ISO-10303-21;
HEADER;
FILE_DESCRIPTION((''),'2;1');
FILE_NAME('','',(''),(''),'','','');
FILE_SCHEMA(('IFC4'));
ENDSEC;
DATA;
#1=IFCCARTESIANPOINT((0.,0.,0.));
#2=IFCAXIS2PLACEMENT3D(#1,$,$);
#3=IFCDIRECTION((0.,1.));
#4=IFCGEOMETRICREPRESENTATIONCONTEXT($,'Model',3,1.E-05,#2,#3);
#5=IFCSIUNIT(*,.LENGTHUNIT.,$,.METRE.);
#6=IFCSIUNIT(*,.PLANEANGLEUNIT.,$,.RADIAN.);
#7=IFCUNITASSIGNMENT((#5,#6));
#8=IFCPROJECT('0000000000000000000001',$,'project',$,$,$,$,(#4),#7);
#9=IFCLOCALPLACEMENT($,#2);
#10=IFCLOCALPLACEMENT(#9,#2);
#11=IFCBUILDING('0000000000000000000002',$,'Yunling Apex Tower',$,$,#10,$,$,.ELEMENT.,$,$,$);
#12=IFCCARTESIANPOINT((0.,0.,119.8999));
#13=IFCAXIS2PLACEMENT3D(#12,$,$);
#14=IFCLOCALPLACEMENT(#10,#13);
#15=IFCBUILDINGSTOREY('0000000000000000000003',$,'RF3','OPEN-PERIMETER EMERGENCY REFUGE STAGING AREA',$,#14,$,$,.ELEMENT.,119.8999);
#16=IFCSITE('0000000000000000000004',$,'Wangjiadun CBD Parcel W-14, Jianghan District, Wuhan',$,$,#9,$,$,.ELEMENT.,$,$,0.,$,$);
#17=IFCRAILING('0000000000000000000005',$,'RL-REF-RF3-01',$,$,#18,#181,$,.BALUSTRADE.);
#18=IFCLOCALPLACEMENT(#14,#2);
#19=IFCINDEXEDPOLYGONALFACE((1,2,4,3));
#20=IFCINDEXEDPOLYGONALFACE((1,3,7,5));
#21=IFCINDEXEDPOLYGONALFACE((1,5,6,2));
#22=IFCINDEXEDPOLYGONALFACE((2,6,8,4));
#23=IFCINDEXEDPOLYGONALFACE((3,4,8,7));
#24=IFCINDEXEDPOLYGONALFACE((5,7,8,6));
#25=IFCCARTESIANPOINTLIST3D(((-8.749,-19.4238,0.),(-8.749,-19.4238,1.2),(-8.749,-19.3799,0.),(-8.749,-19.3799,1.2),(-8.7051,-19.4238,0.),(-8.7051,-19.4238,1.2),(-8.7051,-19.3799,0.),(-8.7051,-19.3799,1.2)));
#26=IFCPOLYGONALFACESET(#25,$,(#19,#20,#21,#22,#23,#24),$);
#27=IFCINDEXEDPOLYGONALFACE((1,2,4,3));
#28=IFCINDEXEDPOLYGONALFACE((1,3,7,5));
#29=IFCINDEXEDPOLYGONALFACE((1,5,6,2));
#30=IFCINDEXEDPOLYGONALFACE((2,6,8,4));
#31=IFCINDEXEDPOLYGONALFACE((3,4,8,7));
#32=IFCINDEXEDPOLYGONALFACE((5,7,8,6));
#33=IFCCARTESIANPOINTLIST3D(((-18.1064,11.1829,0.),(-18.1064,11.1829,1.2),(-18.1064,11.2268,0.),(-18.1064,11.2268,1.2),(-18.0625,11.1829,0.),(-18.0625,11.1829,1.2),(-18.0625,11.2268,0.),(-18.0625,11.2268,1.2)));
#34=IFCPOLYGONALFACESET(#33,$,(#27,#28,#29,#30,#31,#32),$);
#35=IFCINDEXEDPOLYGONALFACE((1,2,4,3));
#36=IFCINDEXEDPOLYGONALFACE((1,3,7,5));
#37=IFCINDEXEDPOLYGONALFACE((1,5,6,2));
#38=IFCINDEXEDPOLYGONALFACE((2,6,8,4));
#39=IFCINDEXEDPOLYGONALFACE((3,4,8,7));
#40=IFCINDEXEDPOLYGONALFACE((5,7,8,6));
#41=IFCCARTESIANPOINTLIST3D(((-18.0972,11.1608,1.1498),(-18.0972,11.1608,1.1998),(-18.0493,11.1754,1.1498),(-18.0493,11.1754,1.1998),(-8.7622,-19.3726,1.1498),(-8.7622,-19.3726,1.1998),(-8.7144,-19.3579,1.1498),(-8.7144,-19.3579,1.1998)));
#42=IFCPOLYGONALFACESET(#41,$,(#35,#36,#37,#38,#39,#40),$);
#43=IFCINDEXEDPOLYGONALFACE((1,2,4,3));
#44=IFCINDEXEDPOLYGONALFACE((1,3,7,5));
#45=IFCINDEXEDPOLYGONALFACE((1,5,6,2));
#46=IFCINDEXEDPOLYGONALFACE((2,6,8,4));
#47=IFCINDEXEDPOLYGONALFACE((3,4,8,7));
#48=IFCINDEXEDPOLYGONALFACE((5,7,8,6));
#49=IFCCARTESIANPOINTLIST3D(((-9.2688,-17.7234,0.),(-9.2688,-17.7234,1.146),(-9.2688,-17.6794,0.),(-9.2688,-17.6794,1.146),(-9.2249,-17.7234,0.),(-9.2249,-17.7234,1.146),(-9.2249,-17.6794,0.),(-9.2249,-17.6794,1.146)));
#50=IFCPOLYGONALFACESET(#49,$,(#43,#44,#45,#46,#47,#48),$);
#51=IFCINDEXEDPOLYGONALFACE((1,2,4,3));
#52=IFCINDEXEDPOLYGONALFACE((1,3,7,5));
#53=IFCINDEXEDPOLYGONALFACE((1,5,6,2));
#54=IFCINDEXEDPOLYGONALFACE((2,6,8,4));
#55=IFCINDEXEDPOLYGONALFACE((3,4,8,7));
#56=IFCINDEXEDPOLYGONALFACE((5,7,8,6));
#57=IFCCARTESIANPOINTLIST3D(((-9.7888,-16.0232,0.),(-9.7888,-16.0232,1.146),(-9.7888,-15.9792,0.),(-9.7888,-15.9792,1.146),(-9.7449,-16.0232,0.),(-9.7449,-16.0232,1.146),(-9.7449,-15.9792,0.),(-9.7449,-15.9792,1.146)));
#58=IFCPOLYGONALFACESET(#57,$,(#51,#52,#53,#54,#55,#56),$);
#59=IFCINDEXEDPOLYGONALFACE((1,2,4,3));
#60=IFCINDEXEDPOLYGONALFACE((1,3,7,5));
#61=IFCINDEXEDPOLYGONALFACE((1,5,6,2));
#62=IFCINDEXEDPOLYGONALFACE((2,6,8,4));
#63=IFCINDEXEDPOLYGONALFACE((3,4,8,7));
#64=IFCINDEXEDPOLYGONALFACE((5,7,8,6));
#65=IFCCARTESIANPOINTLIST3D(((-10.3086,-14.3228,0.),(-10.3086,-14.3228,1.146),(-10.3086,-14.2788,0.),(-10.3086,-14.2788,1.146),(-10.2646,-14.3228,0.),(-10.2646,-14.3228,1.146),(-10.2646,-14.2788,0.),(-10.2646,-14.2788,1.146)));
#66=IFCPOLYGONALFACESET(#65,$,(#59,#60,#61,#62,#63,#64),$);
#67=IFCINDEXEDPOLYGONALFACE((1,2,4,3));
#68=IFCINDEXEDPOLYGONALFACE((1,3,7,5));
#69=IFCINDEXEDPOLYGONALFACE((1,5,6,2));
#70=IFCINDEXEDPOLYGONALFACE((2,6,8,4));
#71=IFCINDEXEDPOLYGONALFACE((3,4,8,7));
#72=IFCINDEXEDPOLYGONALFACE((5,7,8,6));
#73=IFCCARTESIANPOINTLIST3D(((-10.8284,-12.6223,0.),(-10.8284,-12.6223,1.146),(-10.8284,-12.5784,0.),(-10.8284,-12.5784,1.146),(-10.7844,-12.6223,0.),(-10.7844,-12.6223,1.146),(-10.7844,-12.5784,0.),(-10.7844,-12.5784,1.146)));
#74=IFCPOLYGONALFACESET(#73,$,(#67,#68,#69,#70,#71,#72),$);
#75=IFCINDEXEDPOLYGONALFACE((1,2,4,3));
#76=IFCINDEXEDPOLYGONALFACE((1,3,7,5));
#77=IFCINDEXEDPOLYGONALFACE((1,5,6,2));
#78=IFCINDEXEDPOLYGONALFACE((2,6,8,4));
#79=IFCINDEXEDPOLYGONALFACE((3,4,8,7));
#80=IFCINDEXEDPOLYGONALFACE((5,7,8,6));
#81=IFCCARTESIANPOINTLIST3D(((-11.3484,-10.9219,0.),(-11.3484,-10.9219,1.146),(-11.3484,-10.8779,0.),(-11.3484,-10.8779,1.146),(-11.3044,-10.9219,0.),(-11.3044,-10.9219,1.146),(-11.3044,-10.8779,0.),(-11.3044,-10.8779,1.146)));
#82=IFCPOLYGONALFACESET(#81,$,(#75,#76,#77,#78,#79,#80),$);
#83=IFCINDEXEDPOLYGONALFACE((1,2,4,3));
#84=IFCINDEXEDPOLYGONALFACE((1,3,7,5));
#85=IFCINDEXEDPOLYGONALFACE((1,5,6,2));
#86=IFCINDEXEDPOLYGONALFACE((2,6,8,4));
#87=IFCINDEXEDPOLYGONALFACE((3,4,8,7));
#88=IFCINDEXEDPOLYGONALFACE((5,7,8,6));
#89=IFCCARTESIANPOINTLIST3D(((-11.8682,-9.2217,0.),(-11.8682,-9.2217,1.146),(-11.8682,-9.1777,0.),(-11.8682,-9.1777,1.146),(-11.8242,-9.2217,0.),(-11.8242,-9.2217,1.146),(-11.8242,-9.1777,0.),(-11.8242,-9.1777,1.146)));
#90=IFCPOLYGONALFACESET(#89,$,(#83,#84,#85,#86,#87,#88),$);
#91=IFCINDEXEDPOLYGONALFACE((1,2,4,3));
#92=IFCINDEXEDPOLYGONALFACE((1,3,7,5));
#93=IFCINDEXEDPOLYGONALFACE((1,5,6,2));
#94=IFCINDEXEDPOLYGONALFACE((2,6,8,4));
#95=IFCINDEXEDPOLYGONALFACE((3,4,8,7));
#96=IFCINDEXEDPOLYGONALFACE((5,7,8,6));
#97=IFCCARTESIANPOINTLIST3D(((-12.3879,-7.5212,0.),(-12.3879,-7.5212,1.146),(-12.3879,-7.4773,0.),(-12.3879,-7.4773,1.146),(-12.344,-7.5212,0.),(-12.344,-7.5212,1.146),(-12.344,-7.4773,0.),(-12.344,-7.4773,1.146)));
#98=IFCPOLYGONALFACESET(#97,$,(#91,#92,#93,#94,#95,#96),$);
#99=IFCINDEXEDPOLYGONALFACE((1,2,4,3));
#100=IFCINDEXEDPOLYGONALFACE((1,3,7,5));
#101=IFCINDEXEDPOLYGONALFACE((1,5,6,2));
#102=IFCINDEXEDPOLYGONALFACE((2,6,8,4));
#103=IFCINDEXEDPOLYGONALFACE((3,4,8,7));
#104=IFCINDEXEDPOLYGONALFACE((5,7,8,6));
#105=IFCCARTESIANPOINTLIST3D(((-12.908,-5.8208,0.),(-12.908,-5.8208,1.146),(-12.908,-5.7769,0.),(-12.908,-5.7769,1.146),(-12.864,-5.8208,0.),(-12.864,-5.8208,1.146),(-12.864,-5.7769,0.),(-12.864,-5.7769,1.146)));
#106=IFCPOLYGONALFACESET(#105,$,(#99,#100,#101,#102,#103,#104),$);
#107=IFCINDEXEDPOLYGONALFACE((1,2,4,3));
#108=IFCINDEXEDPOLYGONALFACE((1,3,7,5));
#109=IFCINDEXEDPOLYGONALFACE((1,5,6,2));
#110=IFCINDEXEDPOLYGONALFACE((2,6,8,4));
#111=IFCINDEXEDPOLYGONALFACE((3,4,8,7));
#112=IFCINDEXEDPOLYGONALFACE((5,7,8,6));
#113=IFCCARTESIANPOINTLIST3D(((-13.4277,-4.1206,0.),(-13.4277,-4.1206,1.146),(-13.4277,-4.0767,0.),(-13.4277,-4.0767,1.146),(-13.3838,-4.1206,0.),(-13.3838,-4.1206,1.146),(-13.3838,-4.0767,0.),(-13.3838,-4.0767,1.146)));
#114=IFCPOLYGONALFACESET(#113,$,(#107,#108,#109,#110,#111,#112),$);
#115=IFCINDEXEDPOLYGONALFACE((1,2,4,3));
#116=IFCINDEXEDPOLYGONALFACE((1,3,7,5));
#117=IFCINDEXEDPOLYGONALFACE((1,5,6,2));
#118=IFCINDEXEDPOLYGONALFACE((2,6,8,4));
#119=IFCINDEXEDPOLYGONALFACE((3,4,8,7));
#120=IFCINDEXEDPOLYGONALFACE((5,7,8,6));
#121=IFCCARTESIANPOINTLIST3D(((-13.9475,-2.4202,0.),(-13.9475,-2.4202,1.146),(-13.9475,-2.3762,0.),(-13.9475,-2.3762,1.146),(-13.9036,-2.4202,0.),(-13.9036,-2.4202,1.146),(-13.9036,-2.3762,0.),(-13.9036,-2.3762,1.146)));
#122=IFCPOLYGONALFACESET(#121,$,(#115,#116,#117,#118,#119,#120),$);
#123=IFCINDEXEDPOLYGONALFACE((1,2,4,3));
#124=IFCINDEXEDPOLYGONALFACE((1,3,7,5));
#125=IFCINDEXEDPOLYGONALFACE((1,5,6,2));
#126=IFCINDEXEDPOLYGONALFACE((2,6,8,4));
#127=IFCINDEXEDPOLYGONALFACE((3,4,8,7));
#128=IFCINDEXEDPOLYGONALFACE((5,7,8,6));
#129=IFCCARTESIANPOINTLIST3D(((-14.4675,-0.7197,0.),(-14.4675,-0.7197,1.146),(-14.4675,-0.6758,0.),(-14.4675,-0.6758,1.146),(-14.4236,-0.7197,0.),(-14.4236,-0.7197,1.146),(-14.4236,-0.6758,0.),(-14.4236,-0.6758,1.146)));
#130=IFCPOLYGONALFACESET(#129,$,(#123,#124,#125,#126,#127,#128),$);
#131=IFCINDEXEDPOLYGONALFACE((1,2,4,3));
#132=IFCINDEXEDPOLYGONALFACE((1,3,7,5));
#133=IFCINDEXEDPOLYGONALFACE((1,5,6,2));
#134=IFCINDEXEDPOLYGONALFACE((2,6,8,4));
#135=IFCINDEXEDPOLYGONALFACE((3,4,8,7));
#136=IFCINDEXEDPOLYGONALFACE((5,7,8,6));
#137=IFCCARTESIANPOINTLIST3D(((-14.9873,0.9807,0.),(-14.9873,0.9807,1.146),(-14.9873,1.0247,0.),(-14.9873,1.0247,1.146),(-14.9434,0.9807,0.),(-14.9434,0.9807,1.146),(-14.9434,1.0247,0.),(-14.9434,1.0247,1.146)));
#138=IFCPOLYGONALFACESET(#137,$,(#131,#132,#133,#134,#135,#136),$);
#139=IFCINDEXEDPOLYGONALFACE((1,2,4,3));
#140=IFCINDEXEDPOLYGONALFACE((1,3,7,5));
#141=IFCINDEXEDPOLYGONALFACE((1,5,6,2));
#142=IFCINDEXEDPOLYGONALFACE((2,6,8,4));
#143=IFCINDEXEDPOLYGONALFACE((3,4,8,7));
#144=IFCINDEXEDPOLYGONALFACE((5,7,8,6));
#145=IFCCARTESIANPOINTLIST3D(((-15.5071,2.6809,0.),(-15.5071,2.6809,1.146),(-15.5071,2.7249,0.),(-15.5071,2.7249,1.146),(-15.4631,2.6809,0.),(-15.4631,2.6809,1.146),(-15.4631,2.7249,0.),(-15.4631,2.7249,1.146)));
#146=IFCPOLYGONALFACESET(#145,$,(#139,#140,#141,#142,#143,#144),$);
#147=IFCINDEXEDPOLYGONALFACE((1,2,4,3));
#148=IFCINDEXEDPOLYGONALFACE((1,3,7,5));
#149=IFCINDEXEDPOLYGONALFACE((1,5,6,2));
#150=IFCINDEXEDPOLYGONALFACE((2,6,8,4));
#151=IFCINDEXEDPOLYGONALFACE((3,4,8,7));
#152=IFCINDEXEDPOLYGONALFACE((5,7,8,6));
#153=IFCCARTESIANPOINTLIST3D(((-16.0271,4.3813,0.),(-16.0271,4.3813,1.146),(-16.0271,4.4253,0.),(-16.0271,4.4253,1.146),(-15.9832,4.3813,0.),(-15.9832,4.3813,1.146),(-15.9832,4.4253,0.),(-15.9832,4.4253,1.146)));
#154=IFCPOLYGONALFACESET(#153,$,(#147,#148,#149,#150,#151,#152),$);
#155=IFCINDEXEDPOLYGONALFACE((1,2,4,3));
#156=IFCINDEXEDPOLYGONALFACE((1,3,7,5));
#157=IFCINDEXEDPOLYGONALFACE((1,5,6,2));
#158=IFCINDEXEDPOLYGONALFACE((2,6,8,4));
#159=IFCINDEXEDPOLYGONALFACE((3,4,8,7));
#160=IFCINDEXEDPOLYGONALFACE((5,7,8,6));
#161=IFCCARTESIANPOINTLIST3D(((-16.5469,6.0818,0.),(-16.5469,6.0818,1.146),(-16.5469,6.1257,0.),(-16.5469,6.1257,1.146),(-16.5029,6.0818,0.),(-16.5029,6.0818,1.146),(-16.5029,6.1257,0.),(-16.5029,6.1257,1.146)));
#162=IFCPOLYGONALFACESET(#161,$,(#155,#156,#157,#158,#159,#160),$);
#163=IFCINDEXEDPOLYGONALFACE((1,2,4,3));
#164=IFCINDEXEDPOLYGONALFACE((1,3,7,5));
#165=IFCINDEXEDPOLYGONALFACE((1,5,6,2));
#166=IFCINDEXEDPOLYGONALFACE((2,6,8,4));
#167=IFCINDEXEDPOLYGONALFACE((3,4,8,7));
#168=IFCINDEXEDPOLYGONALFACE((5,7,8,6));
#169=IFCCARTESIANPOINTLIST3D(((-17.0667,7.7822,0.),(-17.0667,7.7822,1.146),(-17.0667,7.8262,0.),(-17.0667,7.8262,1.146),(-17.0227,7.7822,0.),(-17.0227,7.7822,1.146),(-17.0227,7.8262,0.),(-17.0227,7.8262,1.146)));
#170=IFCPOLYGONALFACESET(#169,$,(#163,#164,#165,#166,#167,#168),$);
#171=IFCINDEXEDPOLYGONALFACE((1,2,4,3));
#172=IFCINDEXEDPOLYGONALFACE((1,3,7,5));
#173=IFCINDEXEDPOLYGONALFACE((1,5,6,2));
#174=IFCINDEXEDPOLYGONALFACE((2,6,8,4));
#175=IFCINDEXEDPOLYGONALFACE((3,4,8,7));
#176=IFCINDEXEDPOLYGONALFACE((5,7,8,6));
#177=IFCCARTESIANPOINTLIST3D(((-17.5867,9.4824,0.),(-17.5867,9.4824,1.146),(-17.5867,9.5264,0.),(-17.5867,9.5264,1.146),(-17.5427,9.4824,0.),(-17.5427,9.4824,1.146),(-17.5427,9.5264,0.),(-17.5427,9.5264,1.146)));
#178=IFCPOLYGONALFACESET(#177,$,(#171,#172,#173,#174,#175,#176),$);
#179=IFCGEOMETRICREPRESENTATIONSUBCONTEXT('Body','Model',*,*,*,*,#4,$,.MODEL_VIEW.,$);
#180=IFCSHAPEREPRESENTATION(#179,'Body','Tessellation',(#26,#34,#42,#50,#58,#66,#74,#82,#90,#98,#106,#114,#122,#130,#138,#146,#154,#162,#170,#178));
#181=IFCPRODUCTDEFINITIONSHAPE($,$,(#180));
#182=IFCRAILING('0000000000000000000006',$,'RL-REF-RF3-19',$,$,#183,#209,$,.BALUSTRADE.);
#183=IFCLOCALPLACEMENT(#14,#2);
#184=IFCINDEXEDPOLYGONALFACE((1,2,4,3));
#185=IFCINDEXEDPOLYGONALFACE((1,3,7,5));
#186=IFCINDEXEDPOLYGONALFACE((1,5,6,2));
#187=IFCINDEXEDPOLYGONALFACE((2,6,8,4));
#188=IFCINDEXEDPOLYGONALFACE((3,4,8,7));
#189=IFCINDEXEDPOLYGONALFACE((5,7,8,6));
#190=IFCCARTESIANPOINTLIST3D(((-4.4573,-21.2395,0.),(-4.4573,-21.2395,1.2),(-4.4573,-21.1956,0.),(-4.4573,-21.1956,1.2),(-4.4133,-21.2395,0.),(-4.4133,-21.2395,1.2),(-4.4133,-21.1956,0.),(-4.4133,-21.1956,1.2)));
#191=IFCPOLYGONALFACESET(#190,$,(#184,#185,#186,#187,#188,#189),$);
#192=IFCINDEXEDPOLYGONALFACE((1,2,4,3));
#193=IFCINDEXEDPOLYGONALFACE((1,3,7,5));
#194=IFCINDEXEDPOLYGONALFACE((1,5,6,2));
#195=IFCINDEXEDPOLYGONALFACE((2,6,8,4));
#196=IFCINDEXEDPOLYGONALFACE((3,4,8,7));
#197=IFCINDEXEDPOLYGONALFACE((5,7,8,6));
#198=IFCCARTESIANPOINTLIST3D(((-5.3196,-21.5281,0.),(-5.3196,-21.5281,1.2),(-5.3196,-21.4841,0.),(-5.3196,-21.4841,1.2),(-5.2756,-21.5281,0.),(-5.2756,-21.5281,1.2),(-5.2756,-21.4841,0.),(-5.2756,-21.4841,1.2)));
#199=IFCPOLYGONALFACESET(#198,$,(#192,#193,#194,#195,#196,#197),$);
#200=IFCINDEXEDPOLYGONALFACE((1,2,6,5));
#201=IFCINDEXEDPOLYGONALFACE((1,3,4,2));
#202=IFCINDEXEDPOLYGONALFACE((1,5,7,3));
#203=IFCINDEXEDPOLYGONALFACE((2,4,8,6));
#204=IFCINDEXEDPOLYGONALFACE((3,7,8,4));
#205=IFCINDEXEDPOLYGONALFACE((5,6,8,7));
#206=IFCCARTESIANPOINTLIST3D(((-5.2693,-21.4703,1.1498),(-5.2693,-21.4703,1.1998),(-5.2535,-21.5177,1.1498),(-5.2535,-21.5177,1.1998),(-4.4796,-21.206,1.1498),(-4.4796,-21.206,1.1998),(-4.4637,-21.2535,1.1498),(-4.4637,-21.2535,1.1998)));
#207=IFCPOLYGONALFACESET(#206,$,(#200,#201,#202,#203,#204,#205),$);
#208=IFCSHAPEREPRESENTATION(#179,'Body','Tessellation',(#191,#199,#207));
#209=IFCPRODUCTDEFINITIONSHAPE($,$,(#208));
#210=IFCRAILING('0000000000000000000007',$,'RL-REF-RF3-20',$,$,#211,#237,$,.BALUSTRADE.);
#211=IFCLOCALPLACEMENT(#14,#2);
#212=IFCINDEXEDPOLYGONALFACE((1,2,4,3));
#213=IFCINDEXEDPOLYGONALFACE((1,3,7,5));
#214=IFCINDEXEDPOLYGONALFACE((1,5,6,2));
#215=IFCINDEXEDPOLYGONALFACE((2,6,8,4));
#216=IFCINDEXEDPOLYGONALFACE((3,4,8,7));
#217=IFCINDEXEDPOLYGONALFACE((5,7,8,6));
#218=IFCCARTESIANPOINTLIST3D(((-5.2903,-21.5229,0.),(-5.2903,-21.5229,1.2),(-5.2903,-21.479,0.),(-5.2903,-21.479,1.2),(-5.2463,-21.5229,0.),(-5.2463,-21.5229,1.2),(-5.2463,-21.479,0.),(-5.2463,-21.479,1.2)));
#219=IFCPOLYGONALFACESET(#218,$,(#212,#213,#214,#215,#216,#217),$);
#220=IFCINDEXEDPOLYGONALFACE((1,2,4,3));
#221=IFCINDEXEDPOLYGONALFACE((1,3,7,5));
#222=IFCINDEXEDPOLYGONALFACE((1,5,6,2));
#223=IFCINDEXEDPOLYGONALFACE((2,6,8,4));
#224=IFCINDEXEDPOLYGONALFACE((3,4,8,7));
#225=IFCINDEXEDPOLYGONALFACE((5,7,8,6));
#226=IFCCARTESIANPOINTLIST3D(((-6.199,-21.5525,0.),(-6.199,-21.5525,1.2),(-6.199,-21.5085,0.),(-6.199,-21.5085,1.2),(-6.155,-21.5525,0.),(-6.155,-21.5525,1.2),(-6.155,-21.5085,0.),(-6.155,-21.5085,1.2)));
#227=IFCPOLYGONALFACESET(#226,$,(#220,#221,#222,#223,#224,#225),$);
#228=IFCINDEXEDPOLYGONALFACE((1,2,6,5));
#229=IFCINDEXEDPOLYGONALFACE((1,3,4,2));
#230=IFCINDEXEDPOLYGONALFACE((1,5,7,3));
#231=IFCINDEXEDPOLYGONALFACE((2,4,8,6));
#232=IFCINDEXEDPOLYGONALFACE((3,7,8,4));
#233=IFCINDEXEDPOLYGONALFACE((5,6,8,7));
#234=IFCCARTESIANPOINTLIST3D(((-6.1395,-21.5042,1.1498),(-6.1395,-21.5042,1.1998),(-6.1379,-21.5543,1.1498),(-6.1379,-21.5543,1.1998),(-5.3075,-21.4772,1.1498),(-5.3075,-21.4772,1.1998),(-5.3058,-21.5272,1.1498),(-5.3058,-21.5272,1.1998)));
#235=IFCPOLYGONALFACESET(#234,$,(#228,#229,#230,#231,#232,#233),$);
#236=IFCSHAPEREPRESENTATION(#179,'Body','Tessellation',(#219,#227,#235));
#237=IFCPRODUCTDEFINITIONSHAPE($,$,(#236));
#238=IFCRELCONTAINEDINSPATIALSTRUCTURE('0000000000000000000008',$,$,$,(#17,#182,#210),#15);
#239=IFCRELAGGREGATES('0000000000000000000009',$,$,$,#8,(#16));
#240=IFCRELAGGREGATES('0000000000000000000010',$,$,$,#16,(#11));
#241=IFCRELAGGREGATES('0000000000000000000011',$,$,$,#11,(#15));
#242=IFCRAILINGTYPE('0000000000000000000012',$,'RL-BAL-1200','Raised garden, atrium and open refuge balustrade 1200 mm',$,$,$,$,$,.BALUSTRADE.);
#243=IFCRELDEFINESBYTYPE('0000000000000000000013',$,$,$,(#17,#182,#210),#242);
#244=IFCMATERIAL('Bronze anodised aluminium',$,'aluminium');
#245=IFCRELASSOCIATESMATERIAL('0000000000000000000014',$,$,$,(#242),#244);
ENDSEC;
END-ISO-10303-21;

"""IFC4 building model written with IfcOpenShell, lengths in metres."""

from ifc_helpers import new_model, si_unit, direction, frame, origin, origin_2d, place, context, subcontext, project, spatial, rectangle, extrude, material, type_object, element, save


model = new_model("IFC4")

# Units and contexts
model_context = context("Model", 3, precision=1e-05, world=origin(), true_north=direction((0.0, 1.0)))
body_context = subcontext(model_context, "Body", "Model", "MODEL_VIEW")
ifc_project = project(units=[si_unit("LENGTHUNIT", "METRE"), si_unit("PLANEANGLEUNIT", "RADIAN")], contexts=[model_context])

# Site, building, storey
site_placement = place(None, origin())
site = spatial("IfcSite", under=ifc_project, at=site_placement, Name="Wangjiadun CBD Parcel W-14, Jianghan District, Wuhan", CompositionType="ELEMENT", RefElevation=0.0)
building_placement = place(site_placement, origin())
building = spatial("IfcBuilding", under=site, at=building_placement, Name="Yunling Apex Tower", CompositionType="ELEMENT")
storey_placement = place(building_placement, frame((0.0, 0.0, 119.8999)))
storey = spatial("IfcBuildingStorey", under=building, at=storey_placement, Name="RF3", Description="OPEN-PERIMETER EMERGENCY REFUGE STAGING AREA", CompositionType="ELEMENT", Elevation=119.8999)

# Railings
ifc_material_1 = material(Name="Bronze anodised aluminium", Category="aluminium")
railing_type = type_object("IfcRailingType", Name="RL-BAL-1200", Description="Raised garden, atrium and open refuge balustrade 1200 mm", PredefinedType="BALUSTRADE", material=ifc_material_1)
railing_1_placement = place(storey_placement, frame((-8.7271, -19.4019, 0.0)))
element("IfcRailing", 1, at=railing_1_placement, inside=storey, type_object=railing_type, Name="RL-REF-RF3-01", PredefinedType="BALUSTRADE", context=body_context, shape_type="SweptSolid", body=[
    extrude(rectangle(XDim=0.0439, YDim=0.0439, at=origin_2d()), origin(), (0.0, 0.0, 1.0), 1.2),
    extrude(rectangle(XDim=0.0439, YDim=0.0439, at=origin_2d()), frame((-9.3574, 30.6067, 0.0)), (0.0, 0.0, 1.0), 1.2),
    extrude(rectangle(XDim=0.05, YDim=0.05, at=origin_2d()), frame((-0.0112, 0.0366, 1.1748), z_axis=(-0.292372, 0.956305, 0.0), x_axis=(-0.956305, -0.292372, 0.0)), (0.0, 0.0, 1.0), 31.9285),
    extrude(rectangle(XDim=0.0439, YDim=0.0439, at=origin_2d()), frame((-0.5198, 1.7004, 0.0)), (0.0, 0.0, 1.0), 1.146),
    extrude(rectangle(XDim=0.0439, YDim=0.0439, at=origin_2d()), frame((-1.0398, 3.4006, 0.0)), (0.0, 0.0, 1.0), 1.146),
    extrude(rectangle(XDim=0.0439, YDim=0.0439, at=origin_2d()), frame((-1.5596, 5.1011, 0.0)), (0.0, 0.0, 1.0), 1.146),
    extrude(rectangle(XDim=0.0439, YDim=0.0439, at=origin_2d()), frame((-2.0793, 6.8015, 0.0)), (0.0, 0.0, 1.0), 1.146),
    extrude(rectangle(XDim=0.0439, YDim=0.0439, at=origin_2d()), frame((-2.5994, 8.502, 0.0)), (0.0, 0.0, 1.0), 1.146),
    extrude(rectangle(XDim=0.0439, YDim=0.0439, at=origin_2d()), frame((-3.1191, 10.2021, 0.0)), (0.0, 0.0, 1.0), 1.146),
    extrude(rectangle(XDim=0.0439, YDim=0.0439, at=origin_2d()), frame((-3.6389, 11.9026, 0.0)), (0.0, 0.0, 1.0), 1.146),
    extrude(rectangle(XDim=0.0439, YDim=0.0439, at=origin_2d()), frame((-4.1589, 13.603, 0.0)), (0.0, 0.0, 1.0), 1.146),
    extrude(rectangle(XDim=0.0439, YDim=0.0439, at=origin_2d()), frame((-4.6787, 15.3032, 0.0)), (0.0, 0.0, 1.0), 1.146),
    extrude(rectangle(XDim=0.0439, YDim=0.0439, at=origin_2d()), frame((-5.1985, 17.0037, 0.0)), (0.0, 0.0, 1.0), 1.146),
    extrude(rectangle(XDim=0.0439, YDim=0.0439, at=origin_2d()), frame((-5.7185, 18.7041, 0.0)), (0.0, 0.0, 1.0), 1.146),
    extrude(rectangle(XDim=0.0439, YDim=0.0439, at=origin_2d()), frame((-6.2383, 20.4045, 0.0)), (0.0, 0.0, 1.0), 1.146),
    extrude(rectangle(XDim=0.0439, YDim=0.0439, at=origin_2d()), frame((-6.7581, 22.1047, 0.0)), (0.0, 0.0, 1.0), 1.146),
    extrude(rectangle(XDim=0.0439, YDim=0.0439, at=origin_2d()), frame((-7.2781, 23.8052, 0.0)), (0.0, 0.0, 1.0), 1.146),
    extrude(rectangle(XDim=0.0439, YDim=0.0439, at=origin_2d()), frame((-7.7979, 25.5056, 0.0)), (0.0, 0.0, 1.0), 1.146),
    extrude(rectangle(XDim=0.0439, YDim=0.0439, at=origin_2d()), frame((-8.3176, 27.2061, 0.0)), (0.0, 0.0, 1.0), 1.146),
    extrude(rectangle(XDim=0.0439, YDim=0.0439, at=origin_2d()), frame((-8.8376, 28.9062, 0.0)), (0.0, 0.0, 1.0), 1.146),
])
railing_2_placement = place(storey_placement, frame((-4.4353, -21.2175, 0.0)))
element("IfcRailing", 2, at=railing_2_placement, inside=storey, type_object=railing_type, Name="RL-REF-RF3-19", PredefinedType="BALUSTRADE", context=body_context, shape_type="SweptSolid", body=[
    extrude(rectangle(XDim=0.0439, YDim=0.0439, at=origin_2d()), origin(), (0.0, 0.0, 1.0), 1.2),
    extrude(rectangle(XDim=0.0439, YDim=0.0439, at=origin_2d()), frame((-0.8623, -0.2886, 0.0)), (0.0, 0.0, 1.0), 1.2),
    extrude(rectangle(XDim=0.05, YDim=0.05, at=origin_2d()), frame((-0.0364, -0.0122, 1.1748), z_axis=(-0.948307, -0.317355, 0.0), x_axis=(0.317355, -0.948307, 0.0)), (0.0, 0.0, 1.0), 0.8328),
])
railing_3_placement = place(storey_placement, frame((-5.2683, -21.501, 0.0)))
element("IfcRailing", 3, at=railing_3_placement, inside=storey, type_object=railing_type, Name="RL-REF-RF3-20", PredefinedType="BALUSTRADE", context=body_context, shape_type="SweptSolid", body=[
    extrude(rectangle(XDim=0.0439, YDim=0.0439, at=origin_2d()), origin(), (0.0, 0.0, 1.0), 1.2),
    extrude(rectangle(XDim=0.0439, YDim=0.0439, at=origin_2d()), frame((-0.9087, -0.0295, 0.0)), (0.0, 0.0, 1.0), 1.2),
    extrude(rectangle(XDim=0.05, YDim=0.05, at=origin_2d()), frame((-0.0383, -0.0012, 1.1748), z_axis=(-0.999472, -0.032492, 0.0), x_axis=(0.032492, -0.999472, 0.0)), (0.0, 0.0, 1.0), 0.8325),
])

save(model, "model.ifc")
